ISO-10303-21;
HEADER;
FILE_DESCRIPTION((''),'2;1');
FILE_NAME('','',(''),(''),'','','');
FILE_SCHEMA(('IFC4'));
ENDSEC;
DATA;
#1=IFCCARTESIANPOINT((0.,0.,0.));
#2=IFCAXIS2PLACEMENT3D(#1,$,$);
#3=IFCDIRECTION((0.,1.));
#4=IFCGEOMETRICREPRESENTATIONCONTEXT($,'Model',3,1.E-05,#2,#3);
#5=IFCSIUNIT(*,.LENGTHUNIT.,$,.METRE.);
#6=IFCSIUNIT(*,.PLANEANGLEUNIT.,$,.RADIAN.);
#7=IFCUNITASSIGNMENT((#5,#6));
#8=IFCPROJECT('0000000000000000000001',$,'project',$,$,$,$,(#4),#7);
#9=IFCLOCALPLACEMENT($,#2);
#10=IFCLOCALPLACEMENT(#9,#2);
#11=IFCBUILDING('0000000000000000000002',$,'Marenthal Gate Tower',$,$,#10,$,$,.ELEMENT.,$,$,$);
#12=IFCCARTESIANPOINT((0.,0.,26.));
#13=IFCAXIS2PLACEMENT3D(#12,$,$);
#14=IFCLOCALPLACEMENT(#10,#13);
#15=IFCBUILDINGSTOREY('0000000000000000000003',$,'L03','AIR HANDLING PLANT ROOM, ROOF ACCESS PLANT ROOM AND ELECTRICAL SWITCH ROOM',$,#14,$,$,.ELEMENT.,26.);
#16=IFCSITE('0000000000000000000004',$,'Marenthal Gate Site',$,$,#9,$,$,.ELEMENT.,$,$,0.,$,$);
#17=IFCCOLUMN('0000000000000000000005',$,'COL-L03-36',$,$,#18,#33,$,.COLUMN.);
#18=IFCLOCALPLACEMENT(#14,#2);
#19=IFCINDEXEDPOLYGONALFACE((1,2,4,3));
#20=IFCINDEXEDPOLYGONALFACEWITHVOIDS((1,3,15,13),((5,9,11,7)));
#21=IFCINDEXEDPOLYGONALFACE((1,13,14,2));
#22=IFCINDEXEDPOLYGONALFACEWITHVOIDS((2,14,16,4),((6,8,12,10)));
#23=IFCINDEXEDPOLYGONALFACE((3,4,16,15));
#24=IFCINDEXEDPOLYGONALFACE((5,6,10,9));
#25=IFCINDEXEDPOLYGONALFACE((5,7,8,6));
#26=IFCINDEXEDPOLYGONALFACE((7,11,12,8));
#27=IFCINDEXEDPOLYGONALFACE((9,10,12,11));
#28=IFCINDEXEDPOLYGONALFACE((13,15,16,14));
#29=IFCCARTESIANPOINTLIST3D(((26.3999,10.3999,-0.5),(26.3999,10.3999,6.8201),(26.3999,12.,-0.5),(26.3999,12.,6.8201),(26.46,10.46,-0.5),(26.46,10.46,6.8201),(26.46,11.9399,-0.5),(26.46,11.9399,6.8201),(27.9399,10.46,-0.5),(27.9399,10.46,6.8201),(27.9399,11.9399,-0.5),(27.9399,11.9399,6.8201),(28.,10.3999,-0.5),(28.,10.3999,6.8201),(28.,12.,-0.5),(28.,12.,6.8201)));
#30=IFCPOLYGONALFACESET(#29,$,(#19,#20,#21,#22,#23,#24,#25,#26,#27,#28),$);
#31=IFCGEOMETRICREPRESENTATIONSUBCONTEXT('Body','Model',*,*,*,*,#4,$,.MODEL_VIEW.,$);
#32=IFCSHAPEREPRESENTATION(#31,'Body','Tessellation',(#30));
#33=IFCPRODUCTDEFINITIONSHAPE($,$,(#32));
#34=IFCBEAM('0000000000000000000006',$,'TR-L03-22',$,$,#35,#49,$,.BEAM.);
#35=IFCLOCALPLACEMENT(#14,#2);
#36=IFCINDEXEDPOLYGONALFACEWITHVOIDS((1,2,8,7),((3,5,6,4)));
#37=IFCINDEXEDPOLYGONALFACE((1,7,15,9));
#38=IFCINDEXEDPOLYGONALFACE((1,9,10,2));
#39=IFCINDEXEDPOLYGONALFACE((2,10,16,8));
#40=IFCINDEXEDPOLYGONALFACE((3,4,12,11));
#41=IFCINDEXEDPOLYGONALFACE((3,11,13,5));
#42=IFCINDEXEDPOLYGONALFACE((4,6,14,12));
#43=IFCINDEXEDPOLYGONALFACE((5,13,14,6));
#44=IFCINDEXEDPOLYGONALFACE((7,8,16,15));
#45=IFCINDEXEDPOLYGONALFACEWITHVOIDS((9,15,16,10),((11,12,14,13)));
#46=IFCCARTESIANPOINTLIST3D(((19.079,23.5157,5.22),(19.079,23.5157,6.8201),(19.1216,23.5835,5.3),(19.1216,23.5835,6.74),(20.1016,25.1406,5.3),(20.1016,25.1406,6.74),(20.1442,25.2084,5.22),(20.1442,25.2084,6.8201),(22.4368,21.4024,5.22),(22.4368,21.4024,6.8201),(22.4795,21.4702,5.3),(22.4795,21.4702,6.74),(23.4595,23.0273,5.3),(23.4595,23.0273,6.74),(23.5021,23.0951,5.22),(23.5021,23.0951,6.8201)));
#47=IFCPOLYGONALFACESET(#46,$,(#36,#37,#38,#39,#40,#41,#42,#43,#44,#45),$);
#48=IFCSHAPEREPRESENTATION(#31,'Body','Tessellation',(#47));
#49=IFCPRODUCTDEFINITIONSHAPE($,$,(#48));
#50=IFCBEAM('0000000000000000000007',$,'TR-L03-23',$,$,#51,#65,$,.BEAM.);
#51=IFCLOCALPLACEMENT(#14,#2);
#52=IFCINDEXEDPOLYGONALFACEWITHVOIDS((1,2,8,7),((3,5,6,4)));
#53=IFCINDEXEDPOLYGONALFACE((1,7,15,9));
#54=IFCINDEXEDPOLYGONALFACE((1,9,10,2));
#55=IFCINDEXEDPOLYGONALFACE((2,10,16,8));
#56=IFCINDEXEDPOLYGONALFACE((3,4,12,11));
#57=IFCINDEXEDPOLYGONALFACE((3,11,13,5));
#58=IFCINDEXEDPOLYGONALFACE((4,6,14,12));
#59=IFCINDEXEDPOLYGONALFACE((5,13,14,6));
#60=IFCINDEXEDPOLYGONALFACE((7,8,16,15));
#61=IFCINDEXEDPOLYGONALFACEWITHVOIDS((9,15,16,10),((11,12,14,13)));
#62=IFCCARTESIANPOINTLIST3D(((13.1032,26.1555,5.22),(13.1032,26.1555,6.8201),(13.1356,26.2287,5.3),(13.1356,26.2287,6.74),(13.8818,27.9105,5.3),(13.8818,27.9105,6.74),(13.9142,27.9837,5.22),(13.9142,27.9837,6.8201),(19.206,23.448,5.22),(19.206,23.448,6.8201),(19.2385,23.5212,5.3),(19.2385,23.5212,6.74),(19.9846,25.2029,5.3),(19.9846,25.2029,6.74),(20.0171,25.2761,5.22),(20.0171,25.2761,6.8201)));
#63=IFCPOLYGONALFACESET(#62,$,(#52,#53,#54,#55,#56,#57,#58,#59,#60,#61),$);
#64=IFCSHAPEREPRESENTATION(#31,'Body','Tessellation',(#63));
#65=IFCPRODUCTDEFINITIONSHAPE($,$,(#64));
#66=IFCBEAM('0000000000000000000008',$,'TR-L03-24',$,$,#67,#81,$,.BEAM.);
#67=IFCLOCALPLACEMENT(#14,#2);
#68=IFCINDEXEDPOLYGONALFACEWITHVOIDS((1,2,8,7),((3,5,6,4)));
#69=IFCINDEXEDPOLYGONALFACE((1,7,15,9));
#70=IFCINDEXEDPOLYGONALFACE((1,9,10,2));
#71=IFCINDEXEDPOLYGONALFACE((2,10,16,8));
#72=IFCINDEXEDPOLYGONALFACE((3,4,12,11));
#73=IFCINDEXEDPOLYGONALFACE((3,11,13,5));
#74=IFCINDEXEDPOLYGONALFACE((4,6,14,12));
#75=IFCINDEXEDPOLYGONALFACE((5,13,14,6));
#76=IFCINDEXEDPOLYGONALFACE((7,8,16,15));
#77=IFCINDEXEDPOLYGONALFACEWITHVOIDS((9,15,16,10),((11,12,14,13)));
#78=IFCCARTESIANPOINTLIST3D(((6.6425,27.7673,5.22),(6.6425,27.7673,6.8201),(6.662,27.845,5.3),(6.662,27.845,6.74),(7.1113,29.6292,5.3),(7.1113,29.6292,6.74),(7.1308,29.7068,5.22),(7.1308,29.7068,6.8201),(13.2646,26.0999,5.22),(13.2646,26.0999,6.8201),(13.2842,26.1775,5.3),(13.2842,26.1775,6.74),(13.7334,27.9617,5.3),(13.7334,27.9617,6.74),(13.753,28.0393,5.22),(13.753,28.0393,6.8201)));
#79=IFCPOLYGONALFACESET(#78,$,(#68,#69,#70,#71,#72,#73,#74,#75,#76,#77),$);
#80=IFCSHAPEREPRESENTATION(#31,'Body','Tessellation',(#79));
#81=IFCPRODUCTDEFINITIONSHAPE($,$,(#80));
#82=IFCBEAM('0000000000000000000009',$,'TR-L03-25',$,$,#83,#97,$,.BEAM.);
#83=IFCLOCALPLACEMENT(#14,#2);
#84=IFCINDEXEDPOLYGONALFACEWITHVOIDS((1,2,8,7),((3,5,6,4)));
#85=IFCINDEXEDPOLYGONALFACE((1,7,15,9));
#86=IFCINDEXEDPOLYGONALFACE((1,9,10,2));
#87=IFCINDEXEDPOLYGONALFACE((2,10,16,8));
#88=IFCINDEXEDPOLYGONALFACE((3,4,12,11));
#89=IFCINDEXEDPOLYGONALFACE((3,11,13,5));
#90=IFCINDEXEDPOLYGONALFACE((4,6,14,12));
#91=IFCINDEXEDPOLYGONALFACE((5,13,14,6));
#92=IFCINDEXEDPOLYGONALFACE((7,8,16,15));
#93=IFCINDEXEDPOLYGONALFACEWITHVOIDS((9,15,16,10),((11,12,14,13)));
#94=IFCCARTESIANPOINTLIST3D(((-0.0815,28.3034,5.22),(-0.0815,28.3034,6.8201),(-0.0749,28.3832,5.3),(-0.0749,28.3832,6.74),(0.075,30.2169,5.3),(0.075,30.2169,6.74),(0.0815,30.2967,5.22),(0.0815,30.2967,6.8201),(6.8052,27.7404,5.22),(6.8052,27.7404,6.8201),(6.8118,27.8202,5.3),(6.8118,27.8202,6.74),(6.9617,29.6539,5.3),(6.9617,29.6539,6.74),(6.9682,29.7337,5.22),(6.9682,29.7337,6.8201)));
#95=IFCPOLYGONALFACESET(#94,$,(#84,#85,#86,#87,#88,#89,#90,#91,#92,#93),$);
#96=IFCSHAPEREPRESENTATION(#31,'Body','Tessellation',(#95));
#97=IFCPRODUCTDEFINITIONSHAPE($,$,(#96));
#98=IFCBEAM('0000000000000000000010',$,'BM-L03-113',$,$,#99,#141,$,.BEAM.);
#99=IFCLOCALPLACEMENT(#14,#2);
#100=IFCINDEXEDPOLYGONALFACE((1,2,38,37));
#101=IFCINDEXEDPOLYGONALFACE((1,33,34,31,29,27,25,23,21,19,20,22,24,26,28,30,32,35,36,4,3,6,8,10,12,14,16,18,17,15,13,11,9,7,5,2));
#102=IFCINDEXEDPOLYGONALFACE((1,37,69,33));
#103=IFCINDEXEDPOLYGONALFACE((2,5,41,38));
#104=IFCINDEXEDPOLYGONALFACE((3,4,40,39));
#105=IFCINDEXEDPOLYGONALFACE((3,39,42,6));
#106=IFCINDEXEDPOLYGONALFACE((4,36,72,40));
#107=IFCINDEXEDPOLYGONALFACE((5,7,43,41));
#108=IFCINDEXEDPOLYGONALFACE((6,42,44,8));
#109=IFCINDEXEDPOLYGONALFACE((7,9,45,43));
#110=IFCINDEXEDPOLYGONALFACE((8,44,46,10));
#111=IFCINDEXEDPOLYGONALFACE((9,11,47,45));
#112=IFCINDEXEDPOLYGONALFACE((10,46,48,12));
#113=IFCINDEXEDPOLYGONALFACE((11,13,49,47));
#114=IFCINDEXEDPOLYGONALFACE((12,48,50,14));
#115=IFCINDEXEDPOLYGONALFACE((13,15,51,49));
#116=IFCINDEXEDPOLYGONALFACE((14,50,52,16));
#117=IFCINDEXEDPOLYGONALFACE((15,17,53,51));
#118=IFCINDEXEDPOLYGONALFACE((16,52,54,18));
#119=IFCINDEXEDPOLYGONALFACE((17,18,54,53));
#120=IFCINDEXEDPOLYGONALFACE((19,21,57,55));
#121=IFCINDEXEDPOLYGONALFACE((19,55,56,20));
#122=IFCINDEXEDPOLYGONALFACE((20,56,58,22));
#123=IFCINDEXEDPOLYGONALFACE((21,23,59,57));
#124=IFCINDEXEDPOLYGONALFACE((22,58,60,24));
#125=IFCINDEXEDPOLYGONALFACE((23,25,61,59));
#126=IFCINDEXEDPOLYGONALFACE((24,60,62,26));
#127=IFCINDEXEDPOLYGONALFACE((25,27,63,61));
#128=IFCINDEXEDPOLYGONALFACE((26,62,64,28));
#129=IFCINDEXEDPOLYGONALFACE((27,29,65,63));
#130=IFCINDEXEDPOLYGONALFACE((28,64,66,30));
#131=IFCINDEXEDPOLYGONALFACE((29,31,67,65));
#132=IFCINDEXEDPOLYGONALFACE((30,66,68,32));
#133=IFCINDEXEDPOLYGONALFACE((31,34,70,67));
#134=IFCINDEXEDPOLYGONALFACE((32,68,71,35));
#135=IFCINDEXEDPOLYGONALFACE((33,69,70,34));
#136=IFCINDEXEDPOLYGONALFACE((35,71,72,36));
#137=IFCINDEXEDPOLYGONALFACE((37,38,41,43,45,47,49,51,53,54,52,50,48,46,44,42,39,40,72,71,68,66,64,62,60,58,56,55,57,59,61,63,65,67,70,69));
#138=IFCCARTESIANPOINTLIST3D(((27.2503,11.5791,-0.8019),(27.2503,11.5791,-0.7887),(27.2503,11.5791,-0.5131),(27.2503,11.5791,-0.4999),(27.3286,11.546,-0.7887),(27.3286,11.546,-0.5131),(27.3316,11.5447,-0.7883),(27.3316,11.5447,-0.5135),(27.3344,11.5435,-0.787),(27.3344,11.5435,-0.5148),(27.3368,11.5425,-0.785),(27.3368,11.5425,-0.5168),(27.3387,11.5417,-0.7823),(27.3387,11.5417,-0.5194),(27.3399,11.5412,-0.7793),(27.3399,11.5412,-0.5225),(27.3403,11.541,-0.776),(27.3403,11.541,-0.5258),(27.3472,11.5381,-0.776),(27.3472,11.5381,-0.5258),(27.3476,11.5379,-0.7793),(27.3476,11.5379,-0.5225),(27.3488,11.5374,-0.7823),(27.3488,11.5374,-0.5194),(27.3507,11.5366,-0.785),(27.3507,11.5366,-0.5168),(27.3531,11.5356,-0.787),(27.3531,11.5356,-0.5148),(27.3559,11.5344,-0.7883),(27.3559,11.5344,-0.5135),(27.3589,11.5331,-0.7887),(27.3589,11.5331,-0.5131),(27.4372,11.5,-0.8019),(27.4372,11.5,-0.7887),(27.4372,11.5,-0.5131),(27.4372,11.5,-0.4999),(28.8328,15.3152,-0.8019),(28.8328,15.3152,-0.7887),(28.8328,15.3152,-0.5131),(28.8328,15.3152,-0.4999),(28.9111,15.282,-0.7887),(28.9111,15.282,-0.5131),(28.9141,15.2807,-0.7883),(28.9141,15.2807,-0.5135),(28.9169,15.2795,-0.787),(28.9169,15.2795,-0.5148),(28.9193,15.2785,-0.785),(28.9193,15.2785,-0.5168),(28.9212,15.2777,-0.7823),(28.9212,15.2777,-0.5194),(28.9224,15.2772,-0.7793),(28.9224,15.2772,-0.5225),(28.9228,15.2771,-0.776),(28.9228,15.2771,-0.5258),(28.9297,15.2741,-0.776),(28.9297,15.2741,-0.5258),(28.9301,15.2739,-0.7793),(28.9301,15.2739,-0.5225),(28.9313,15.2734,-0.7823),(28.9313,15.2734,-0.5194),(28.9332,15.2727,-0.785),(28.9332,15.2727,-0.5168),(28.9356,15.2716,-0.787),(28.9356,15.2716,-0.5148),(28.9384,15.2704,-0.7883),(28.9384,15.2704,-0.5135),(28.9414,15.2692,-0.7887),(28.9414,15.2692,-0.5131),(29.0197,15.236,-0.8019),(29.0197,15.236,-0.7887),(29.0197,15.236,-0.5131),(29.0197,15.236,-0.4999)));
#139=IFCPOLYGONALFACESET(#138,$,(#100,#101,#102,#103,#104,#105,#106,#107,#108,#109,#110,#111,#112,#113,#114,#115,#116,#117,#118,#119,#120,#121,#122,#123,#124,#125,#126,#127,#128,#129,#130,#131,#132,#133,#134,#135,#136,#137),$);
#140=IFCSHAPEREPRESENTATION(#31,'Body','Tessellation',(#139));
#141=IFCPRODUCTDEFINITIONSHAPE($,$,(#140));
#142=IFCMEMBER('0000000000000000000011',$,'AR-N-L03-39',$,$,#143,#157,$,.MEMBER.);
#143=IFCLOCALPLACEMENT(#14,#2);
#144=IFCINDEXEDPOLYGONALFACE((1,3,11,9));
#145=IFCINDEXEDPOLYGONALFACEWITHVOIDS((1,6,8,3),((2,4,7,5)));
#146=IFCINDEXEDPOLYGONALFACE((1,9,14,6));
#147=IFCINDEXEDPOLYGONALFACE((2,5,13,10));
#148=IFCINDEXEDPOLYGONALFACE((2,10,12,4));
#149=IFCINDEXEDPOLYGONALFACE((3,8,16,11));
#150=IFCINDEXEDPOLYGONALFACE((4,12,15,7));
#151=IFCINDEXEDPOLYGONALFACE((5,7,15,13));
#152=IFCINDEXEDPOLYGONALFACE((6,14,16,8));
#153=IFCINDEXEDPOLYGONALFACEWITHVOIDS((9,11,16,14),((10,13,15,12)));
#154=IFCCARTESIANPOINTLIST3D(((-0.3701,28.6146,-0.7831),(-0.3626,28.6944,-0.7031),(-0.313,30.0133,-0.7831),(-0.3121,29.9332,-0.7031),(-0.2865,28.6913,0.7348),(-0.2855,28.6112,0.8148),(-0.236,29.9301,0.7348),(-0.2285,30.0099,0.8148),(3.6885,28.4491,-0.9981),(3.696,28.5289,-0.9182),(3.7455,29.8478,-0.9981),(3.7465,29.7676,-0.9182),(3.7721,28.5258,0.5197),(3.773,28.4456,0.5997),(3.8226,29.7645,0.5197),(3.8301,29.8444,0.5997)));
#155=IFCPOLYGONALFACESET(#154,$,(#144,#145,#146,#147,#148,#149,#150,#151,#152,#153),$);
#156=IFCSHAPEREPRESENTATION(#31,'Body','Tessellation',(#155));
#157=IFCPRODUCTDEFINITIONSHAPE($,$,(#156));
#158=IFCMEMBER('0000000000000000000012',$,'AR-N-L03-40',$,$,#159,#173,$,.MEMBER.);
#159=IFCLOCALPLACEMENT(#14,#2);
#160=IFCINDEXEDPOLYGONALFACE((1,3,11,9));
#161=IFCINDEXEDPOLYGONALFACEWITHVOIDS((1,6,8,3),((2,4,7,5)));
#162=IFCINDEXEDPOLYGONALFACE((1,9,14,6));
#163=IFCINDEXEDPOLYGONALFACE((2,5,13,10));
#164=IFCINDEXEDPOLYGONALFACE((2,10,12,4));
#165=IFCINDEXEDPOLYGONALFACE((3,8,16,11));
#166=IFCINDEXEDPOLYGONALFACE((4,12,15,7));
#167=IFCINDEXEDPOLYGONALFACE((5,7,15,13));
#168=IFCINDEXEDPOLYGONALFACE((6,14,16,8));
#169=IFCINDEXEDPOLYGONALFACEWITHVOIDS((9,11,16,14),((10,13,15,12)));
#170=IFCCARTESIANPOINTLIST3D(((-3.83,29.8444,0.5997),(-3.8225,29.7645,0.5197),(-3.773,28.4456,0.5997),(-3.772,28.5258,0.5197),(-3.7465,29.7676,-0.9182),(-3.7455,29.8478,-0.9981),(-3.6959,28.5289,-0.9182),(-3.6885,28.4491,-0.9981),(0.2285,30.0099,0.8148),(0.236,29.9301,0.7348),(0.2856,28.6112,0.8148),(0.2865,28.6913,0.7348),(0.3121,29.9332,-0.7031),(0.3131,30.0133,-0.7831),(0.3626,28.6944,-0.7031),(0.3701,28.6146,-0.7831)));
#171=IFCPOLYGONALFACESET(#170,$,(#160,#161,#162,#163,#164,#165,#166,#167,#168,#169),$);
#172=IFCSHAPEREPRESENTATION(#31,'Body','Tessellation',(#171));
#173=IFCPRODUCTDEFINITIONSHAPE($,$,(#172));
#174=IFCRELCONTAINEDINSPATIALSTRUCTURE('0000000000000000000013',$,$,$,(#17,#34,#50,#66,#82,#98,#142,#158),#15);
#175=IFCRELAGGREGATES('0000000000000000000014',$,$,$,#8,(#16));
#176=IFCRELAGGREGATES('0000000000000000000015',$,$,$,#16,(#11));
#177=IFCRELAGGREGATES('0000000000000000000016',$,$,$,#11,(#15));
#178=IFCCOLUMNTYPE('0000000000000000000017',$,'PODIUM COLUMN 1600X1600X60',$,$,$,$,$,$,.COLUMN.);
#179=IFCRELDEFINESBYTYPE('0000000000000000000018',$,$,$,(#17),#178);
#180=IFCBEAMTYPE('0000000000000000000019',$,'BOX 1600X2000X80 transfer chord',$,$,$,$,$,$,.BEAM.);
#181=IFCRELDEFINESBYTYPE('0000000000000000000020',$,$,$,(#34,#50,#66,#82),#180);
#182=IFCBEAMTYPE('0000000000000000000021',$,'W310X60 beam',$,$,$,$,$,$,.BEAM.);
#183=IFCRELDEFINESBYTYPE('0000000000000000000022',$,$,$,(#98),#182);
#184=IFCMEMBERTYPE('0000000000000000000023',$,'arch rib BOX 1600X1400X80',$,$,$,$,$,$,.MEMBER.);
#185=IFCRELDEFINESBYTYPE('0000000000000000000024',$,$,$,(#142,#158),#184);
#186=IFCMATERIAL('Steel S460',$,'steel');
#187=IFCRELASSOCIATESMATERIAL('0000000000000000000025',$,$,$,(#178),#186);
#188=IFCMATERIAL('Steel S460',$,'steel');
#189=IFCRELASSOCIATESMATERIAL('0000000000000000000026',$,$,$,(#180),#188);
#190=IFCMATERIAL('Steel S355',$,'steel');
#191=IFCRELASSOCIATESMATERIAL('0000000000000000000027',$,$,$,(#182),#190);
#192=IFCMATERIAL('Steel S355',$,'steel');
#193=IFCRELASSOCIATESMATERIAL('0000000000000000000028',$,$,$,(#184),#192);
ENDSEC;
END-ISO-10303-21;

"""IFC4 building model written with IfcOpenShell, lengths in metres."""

from ifc_helpers import new_model, si_unit, direction, frame, origin, origin_2d, place, context, subcontext, project, spatial, rectangle, hollow_rectangle, i_section, extrude, material, material_profile, profile_set, type_object, element, save


model = new_model("IFC4")

# Units and contexts
model_context = context("Model", 3, precision=1e-05, world=origin(), true_north=direction((0.0, 1.0)))
body_context = subcontext(model_context, "Body", "Model", "MODEL_VIEW")
ifc_project = project(units=[si_unit("LENGTHUNIT", "METRE"), si_unit("PLANEANGLEUNIT", "RADIAN")], contexts=[model_context])

# Site, building, storey
site_placement = place(None, origin())
site = spatial("IfcSite", under=ifc_project, at=site_placement, Name="Marenthal Gate Site", CompositionType="ELEMENT", RefElevation=0.0)
building_placement = place(site_placement, origin())
building = spatial("IfcBuilding", under=site, at=building_placement, Name="Marenthal Gate Tower", CompositionType="ELEMENT")
storey_placement = place(building_placement, frame((0.0, 0.0, 26.0)))
storey = spatial("IfcBuildingStorey", under=building, at=storey_placement, Name="L03", Description="AIR HANDLING PLANT ROOM, ROOF ACCESS PLANT ROOM AND ELECTRICAL SWITCH ROOM", CompositionType="ELEMENT", Elevation=26.0)

# Column
ifc_material_1 = material(Name="Steel S460", Category="steel")
ifc_material_profile_1 = material_profile(ifc_material_1, hollow_rectangle(XDim=1.6001, YDim=1.6001, WallThickness=0.0601, at=origin_2d()), Name="CFT BOX 1600X1600X60")
ifc_material_2 = material(Name="Concrete 70 MPa", Category="concrete")
ifc_material_profile_2 = material_profile(ifc_material_2, rectangle(XDim=1.48, YDim=1.48, at=origin_2d()), Name="CFT BOX 1600X1600X60 INFILL")
ifc_profile_set_1 = profile_set([ifc_material_profile_1, ifc_material_profile_2], Name="Steel S460 shell, Concrete 70 MPa infill")
column_type = type_object("IfcColumnType", Name="PODIUM COLUMN 1600X1600X60", PredefinedType="COLUMN", material=ifc_profile_set_1)
column_placement = place(storey_placement, frame((27.2, 11.2, -0.5), z_axis=(0.0, 0.0, 1.0), x_axis=(1.0, 0.0, 0.0)))
element("IfcColumn", 1, at=column_placement, inside=storey, type_object=column_type, Name="COL-L03-36", PredefinedType="COLUMN", context=body_context, shape_type="SweptSolid", body=[
    extrude(hollow_rectangle(XDim=1.6001, YDim=1.6001, WallThickness=0.0601, at=origin_2d()), origin(), (0.0, 0.0, 1.0), 7.3201),
])

# Beams
ifc_material_3 = material(Name="Steel S460", Category="steel")
ifc_material_profile_3 = material_profile(ifc_material_3, hollow_rectangle(XDim=2.0, YDim=1.6001, WallThickness=0.0801, at=origin_2d()), Name="BOX 1600X2000X80")
ifc_profile_set_2 = profile_set([ifc_material_profile_3], Name="Steel S460")
beam_type_1 = type_object("IfcBeamType", Name="BOX 1600X2000X80 transfer chord", PredefinedType="BEAM", material=ifc_profile_set_2)
beam_1_placement = place(storey_placement, frame((22.9695, 22.2488, 6.02), z_axis=(-0.846342, 0.53264, 0.0), x_axis=(-0.53264, -0.846342, 0.0)))
element("IfcBeam", 2, at=beam_1_placement, inside=storey, type_object=beam_type_1, Name="TR-L03-22", PredefinedType="BEAM", context=body_context, shape_type="SweptSolid", body=[
    extrude(hollow_rectangle(XDim=2.0, YDim=1.6001, WallThickness=0.0801, at=origin_2d()), origin(), (0.0, 0.0, 1.0), 3.9675),
])
beam_2_placement = place(storey_placement, frame((19.6116, 24.3621, 6.02), z_axis=(-0.91408, 0.405534, 0.0), x_axis=(-0.405534, -0.91408, 0.0)))
element("IfcBeam", 3, at=beam_2_placement, inside=storey, type_object=beam_type_1, Name="TR-L03-23", PredefinedType="BEAM", context=body_context, shape_type="SweptSolid", body=[
    extrude(hollow_rectangle(XDim=2.0, YDim=1.6001, WallThickness=0.0801, at=origin_2d()), origin(), (0.0, 0.0, 1.0), 6.6765),
])
beam_3_placement = place(storey_placement, frame((13.5088, 27.0696, 6.02), z_axis=(-0.969729, 0.244184, 0.0), x_axis=(-0.244184, -0.969729, 0.0)))
element("IfcBeam", 4, at=beam_3_placement, inside=storey, type_object=beam_type_1, Name="TR-L03-24", PredefinedType="BEAM", context=body_context, shape_type="SweptSolid", body=[
    extrude(hollow_rectangle(XDim=2.0, YDim=1.6001, WallThickness=0.0801, at=origin_2d()), origin(), (0.0, 0.0, 1.0), 6.8289),
])
beam_4_placement = place(storey_placement, frame((6.8867, 28.7371, 6.02), z_axis=(-0.996675, 0.081478, 0.0), x_axis=(-0.081478, -0.996675, 0.0)))
element("IfcBeam", 5, at=beam_4_placement, inside=storey, type_object=beam_type_1, Name="TR-L03-25", PredefinedType="BEAM", context=body_context, shape_type="SweptSolid", body=[
    extrude(hollow_rectangle(XDim=2.0, YDim=1.6001, WallThickness=0.0801, at=origin_2d()), origin(), (0.0, 0.0, 1.0), 6.9097),
])
ifc_material_4 = material(Name="Steel S355", Category="steel")
ifc_material_profile_4 = material_profile(ifc_material_4, i_section(OverallWidth=0.2029, OverallDepth=0.302, WebThickness=0.0076, FlangeThickness=0.0132, FilletRadius=0.0127, at=origin_2d()), Name="W310X60")
ifc_profile_set_3 = profile_set([ifc_material_profile_4], Name="Steel S355")
beam_type_2 = type_object("IfcBeamType", Name="W310X60 beam", PredefinedType="BEAM", material=ifc_profile_set_3)
beam_5_placement = place(storey_placement, frame((27.3438, 11.5396, -0.6509), z_axis=(0.390031, 0.920802, 0.0), x_axis=(-0.920802, 0.390031, 0.0)))
element("IfcBeam", 6, at=beam_5_placement, inside=storey, type_object=beam_type_2, Name="BM-L03-113", PredefinedType="BEAM", context=body_context, shape_type="SweptSolid", body=[
    extrude(i_section(OverallWidth=0.2029, OverallDepth=0.302, WebThickness=0.0076, FlangeThickness=0.0132, FilletRadius=0.0127, at=origin_2d()), origin(), (0.0, 0.0, 1.0), 4.0574),
])

# Members
ifc_material_5 = material(Name="Steel S355", Category="steel")
ifc_material_profile_5 = material_profile(ifc_material_5, hollow_rectangle(XDim=1.3999, YDim=1.6001, WallThickness=0.0801, at=origin_2d()), Name="BOX 1600X1400X80")
ifc_profile_set_4 = profile_set([ifc_material_profile_5], Name="Steel S355")
member_type_1 = type_object("IfcMemberType", Name="arch rib BOX 1600X1400X80", PredefinedType="MEMBER", material=ifc_profile_set_4)
for number, where, z_axis, x_axis, name in (
    (7, (3.7593, 29.1467, -0.1992), (-0.997772, 0.040694, 0.052878), (-0.040751, -0.999169, 0.0), "AR-N-L03-39"),
    (8, (0.2993, 29.3123, 0.0159), (-0.997772, -0.040694, -0.052878), (0.040751, -0.999169, 0.0), "AR-N-L03-40"),
):
    element("IfcMember", number, at=place(storey_placement, frame(where, z_axis=z_axis, x_axis=x_axis)), inside=storey, type_object=member_type_1, Name=name, PredefinedType="MEMBER", context=body_context, shape_type="SweptSolid", body=[
        extrude(hollow_rectangle(XDim=1.3999, YDim=1.6001, WallThickness=0.0801, at=origin_2d()), origin(), (0.0, 0.0, 1.0), 4.0676),
    ])

save(model, "model.ifc")
